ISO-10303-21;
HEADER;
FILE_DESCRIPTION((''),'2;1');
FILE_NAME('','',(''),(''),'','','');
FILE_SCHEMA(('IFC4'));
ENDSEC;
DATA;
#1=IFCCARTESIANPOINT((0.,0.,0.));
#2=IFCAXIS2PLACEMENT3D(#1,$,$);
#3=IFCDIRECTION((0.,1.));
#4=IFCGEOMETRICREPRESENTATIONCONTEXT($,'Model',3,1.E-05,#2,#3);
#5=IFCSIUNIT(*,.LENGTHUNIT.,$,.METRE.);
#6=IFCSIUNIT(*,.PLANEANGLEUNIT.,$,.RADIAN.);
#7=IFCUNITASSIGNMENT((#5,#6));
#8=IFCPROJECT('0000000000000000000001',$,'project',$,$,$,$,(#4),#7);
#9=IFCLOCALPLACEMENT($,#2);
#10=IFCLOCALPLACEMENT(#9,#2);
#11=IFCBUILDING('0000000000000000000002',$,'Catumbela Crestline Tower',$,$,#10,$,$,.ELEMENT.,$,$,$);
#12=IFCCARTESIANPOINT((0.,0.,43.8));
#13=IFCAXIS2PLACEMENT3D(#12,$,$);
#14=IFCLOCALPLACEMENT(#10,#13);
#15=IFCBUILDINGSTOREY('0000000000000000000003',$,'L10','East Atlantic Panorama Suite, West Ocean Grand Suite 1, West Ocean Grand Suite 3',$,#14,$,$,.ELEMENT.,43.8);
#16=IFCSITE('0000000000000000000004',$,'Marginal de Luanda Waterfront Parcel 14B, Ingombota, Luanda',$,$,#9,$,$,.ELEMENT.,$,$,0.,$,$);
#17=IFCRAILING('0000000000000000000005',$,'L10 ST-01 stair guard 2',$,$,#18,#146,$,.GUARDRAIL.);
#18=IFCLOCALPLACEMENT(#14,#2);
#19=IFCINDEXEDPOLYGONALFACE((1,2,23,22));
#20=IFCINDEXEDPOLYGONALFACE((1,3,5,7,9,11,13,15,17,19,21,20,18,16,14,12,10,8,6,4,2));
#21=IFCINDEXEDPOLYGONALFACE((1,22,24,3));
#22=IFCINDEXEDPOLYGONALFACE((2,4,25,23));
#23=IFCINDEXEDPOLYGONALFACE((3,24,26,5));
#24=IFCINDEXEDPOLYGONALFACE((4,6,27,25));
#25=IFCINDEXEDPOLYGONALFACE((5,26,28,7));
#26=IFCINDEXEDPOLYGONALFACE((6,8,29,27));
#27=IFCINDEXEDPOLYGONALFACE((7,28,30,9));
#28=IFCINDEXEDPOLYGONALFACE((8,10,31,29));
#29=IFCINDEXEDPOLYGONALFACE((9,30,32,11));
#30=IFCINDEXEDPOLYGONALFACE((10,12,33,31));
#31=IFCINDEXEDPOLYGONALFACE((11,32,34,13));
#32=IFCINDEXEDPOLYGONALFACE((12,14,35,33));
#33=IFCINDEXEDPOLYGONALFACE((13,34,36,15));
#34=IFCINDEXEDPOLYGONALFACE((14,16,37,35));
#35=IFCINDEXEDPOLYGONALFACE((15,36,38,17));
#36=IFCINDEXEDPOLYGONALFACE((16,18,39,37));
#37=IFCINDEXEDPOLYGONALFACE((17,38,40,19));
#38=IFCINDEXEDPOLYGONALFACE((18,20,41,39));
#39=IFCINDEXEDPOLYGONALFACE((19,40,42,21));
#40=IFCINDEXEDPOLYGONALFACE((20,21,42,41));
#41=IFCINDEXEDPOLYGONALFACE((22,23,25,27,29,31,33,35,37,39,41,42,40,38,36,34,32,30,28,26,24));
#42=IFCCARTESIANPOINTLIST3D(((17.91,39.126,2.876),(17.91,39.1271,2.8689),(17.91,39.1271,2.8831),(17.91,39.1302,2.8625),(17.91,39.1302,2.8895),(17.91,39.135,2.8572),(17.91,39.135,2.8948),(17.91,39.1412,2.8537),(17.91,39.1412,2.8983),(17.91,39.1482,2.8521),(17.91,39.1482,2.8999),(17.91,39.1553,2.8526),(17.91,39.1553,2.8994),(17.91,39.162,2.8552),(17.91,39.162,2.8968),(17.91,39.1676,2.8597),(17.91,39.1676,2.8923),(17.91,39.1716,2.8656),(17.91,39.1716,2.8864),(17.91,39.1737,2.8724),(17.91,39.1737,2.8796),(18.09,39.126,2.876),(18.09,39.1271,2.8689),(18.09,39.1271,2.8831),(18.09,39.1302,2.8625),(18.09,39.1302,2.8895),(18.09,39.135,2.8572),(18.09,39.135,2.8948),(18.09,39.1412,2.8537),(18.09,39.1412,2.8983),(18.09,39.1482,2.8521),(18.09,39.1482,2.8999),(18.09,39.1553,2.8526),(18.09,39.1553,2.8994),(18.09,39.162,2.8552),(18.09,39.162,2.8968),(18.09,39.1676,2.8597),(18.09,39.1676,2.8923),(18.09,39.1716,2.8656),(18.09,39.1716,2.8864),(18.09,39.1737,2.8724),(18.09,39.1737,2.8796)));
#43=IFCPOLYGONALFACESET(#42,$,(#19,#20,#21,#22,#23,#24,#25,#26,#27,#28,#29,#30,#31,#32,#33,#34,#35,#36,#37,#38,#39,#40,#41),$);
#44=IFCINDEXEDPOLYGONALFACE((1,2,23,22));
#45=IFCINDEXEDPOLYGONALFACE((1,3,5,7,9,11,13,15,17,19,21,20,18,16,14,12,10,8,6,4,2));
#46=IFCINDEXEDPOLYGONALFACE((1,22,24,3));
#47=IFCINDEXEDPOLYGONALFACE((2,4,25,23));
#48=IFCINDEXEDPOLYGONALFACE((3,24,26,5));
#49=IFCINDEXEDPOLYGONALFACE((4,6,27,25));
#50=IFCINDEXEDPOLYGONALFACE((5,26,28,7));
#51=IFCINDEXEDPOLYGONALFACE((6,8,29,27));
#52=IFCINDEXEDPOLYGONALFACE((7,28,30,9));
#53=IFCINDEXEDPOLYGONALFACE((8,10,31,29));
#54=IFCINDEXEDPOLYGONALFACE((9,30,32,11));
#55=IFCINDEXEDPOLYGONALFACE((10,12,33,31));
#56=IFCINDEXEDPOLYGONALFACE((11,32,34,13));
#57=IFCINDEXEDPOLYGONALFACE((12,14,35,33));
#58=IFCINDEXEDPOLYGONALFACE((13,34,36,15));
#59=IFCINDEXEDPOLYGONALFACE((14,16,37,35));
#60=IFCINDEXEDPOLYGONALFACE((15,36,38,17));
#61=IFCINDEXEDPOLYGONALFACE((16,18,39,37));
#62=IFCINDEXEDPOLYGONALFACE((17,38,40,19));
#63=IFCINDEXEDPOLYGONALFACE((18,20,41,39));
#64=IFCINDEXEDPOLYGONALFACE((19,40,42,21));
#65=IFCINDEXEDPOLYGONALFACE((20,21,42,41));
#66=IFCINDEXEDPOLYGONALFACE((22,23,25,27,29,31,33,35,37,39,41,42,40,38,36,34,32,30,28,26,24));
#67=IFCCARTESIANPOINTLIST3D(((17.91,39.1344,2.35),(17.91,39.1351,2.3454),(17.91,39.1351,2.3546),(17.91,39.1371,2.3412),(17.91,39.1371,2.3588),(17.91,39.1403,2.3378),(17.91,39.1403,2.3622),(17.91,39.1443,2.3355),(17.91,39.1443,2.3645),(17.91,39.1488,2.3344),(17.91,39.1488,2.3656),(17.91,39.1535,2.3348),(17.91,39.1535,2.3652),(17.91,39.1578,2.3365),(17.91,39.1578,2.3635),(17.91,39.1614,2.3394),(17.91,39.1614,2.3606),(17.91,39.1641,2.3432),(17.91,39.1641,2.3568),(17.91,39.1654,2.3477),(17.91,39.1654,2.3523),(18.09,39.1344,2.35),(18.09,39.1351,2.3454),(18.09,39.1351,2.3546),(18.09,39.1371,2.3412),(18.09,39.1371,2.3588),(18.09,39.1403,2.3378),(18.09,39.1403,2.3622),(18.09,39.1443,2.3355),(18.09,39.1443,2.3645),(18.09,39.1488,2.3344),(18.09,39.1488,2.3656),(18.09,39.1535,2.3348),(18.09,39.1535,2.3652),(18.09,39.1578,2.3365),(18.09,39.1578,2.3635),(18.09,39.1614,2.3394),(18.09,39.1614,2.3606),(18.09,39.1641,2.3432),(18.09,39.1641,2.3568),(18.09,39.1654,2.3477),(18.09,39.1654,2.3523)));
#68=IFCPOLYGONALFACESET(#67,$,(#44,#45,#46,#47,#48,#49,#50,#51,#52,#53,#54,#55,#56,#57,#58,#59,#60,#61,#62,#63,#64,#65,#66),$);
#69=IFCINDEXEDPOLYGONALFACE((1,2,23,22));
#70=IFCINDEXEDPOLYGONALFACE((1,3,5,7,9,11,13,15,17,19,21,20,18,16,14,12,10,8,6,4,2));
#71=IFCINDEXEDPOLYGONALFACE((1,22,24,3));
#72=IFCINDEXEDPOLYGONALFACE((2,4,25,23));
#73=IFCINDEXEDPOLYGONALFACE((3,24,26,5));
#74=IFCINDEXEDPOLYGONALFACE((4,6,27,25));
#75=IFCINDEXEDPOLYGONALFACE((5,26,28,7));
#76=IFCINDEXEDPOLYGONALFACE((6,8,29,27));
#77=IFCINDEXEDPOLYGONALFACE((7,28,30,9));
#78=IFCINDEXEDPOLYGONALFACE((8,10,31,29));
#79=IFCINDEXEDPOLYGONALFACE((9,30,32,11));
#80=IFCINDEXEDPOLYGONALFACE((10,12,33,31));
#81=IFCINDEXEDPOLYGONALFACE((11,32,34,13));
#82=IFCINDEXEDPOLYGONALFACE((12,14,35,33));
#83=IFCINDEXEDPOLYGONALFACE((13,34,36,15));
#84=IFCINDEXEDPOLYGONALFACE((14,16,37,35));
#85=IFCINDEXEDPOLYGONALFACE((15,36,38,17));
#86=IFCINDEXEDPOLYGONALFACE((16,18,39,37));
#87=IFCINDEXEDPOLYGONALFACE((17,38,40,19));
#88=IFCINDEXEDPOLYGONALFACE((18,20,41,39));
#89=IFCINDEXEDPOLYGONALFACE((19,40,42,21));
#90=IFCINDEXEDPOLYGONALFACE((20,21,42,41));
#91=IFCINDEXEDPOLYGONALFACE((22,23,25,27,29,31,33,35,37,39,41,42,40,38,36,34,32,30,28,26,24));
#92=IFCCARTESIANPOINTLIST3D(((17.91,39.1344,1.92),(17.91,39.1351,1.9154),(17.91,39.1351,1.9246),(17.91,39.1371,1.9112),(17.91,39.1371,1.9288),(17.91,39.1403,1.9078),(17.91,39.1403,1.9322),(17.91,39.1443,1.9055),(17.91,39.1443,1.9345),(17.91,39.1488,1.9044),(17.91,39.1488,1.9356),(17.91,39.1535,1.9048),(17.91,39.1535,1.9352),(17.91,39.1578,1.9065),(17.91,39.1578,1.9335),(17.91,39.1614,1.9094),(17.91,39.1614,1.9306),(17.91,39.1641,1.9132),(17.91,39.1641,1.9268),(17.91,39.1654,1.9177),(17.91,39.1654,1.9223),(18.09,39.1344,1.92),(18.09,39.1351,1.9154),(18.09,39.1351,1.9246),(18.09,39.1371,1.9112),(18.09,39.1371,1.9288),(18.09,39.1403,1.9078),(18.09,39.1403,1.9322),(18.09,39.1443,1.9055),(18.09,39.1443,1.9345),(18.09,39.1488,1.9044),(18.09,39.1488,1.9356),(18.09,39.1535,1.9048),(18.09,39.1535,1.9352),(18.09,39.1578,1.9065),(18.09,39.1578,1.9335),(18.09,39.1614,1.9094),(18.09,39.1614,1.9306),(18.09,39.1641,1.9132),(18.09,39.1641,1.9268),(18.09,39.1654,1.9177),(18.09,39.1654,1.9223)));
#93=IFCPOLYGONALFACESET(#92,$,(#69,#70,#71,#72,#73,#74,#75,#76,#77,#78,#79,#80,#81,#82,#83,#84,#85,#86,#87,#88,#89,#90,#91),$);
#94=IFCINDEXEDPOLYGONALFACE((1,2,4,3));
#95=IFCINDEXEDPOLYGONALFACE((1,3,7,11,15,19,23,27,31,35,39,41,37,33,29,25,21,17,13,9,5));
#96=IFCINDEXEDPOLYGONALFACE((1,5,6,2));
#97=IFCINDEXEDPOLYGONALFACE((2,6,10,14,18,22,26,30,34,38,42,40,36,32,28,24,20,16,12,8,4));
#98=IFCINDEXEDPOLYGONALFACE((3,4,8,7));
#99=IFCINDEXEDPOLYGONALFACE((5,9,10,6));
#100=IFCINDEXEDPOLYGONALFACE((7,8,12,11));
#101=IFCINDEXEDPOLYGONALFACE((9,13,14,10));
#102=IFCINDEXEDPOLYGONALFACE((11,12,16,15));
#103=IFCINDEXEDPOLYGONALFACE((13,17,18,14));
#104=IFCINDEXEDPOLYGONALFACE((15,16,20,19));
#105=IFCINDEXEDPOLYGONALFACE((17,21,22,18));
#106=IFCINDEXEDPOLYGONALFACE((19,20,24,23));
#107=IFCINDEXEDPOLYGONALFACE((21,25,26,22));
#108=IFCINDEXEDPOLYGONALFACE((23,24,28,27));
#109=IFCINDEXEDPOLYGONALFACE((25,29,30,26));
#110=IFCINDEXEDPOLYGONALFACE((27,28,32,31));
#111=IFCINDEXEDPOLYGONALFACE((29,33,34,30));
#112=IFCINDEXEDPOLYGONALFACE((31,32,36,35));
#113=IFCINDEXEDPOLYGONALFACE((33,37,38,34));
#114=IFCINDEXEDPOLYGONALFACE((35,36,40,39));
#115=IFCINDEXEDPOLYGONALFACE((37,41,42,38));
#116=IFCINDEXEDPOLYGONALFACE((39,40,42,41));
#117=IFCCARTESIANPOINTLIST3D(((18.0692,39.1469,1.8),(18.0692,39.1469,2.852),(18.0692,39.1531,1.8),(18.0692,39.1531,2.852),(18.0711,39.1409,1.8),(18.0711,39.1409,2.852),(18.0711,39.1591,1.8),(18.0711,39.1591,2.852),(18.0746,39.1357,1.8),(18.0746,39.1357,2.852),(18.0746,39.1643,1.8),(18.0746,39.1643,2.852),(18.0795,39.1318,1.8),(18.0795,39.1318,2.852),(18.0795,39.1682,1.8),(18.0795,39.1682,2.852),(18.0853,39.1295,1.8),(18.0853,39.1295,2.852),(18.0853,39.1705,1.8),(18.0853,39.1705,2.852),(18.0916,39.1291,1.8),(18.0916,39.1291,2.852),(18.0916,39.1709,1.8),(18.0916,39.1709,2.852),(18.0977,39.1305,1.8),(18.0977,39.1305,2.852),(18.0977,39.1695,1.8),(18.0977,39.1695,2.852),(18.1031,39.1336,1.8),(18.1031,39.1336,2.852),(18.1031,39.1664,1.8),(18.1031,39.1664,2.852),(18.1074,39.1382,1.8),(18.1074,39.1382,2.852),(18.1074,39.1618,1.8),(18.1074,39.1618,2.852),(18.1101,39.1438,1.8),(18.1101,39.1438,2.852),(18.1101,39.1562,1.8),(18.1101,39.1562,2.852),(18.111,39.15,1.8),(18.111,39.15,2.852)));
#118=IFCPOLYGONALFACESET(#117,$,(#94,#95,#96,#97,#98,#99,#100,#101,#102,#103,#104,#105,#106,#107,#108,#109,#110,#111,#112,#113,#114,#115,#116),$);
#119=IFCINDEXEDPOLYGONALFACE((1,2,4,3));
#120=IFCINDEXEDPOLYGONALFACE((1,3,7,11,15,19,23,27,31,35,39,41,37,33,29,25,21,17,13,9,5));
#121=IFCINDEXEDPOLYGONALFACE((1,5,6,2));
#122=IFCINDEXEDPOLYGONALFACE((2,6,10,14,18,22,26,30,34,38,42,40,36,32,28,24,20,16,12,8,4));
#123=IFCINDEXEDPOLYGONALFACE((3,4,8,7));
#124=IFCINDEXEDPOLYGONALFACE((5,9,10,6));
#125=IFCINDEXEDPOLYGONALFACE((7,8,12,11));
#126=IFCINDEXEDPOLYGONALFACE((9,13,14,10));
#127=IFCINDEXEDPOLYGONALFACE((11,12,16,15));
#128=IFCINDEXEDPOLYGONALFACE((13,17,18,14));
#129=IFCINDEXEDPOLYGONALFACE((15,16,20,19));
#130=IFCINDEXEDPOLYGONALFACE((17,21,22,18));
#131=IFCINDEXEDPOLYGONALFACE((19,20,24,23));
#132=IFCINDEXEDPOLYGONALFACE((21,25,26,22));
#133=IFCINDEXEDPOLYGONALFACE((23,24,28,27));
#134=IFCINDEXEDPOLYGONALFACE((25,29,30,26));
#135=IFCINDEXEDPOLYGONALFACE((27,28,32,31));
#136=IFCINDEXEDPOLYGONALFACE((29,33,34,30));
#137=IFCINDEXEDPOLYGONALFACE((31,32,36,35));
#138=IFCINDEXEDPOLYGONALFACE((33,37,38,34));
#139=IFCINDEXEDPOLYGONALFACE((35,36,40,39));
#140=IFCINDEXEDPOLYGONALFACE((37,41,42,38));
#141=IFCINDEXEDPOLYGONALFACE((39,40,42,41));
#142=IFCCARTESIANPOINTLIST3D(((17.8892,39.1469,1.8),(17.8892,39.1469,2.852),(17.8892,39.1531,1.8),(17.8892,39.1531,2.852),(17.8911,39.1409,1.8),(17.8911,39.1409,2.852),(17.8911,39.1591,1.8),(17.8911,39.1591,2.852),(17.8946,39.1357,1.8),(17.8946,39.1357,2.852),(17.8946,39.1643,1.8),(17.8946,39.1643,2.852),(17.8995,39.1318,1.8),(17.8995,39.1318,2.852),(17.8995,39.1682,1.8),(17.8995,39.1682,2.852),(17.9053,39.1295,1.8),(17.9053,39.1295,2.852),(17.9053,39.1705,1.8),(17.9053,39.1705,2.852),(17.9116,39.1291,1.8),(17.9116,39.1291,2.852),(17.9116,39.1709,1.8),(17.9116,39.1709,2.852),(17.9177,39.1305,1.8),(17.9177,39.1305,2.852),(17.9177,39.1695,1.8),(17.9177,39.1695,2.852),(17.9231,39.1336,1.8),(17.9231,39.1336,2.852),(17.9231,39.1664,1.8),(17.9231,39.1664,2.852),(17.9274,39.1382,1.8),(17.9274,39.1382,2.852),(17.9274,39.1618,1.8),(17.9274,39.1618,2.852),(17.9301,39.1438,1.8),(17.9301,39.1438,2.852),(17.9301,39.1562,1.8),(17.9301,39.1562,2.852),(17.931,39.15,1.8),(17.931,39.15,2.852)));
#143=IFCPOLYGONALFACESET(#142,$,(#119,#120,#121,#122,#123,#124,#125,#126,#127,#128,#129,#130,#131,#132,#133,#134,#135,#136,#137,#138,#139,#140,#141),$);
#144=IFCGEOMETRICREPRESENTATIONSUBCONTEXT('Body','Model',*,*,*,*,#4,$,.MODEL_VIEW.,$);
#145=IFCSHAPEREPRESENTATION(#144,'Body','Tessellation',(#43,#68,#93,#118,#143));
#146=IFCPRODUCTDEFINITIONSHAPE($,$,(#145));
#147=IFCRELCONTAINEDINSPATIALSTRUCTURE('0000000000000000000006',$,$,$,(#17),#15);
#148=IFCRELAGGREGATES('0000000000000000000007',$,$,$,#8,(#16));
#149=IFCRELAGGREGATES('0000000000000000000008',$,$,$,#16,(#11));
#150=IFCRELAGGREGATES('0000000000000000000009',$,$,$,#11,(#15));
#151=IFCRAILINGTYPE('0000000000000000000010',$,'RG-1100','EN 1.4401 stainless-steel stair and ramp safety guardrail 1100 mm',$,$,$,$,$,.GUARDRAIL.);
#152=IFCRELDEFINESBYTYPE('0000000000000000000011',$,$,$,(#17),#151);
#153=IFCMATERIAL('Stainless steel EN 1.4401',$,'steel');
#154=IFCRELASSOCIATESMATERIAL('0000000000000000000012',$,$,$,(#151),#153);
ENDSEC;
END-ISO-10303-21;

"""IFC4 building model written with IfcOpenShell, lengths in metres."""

from ifc_helpers import new_model, si_unit, direction, frame, origin, origin_2d, place, context, subcontext, project, spatial, circle, extrude, material, type_object, element, save


model = new_model("IFC4")

# Units and contexts
model_context = context("Model", 3, precision=1e-05, world=origin(), true_north=direction((0.0, 1.0)))
body_context = subcontext(model_context, "Body", "Model", "MODEL_VIEW")
ifc_project = project(units=[si_unit("LENGTHUNIT", "METRE"), si_unit("PLANEANGLEUNIT", "RADIAN")], contexts=[model_context])

# Site, building, storey
site_placement = place(None, origin())
site = spatial("IfcSite", under=ifc_project, at=site_placement, Name="Marginal de Luanda Waterfront Parcel 14B, Ingombota, Luanda", CompositionType="ELEMENT", RefElevation=0.0)
building_placement = place(site_placement, origin())
building = spatial("IfcBuilding", under=site, at=building_placement, Name="Catumbela Crestline Tower", CompositionType="ELEMENT")
storey_placement = place(building_placement, frame((0.0, 0.0, 43.8)))
storey = spatial("IfcBuildingStorey", under=building, at=storey_placement, Name="L10", Description="East Atlantic Panorama Suite, West Ocean Grand Suite 1, West Ocean Grand Suite 3", CompositionType="ELEMENT", Elevation=43.8)

# Shared definitions
ifc_material_1 = material(Name="Stainless steel EN 1.4401", Category="steel")

# Railing
railing_type_1 = type_object("IfcRailingType", Name="RG-1100", Description="EN 1.4401 stainless-steel stair and ramp safety guardrail 1100 mm", PredefinedType="GUARDRAIL", material=ifc_material_1)
railing_1_placement = place(storey_placement, frame((18.09, 39.15, 1.8)))
element("IfcRailing", 1, at=railing_1_placement, inside=storey, type_object=railing_type_1, Name="L10 ST-01 stair guard 2", PredefinedType="GUARDRAIL", context=body_context, shape_type="SweptSolid", body=[
    extrude(circle(Radius=0.024, at=origin_2d()), frame((0.0, 0.0, 1.076), z_axis=(-1.0, 0.0, 0.0), x_axis=(0.0, -1.0, 0.0)), (0.0, 0.0, 1.0), 0.18),
    extrude(circle(Radius=0.0156, at=origin_2d()), frame((0.0, 0.0, 0.55), z_axis=(-1.0, 0.0, 0.0), x_axis=(0.0, -1.0, 0.0)), (0.0, 0.0, 1.0), 0.18),
    extrude(circle(Radius=0.0156, at=origin_2d()), frame((0.0, 0.0, 0.12), z_axis=(-1.0, 0.0, 0.0), x_axis=(0.0, -1.0, 0.0)), (0.0, 0.0, 1.0), 0.18),
    extrude(circle(Radius=0.021, at=origin_2d()), origin(), (0.0, 0.0, 1.0), 1.052),
    extrude(circle(Radius=0.021, at=origin_2d()), frame((-0.18, 0.0, 0.0)), (0.0, 0.0, 1.0), 1.052),
])

save(model, "model.ifc")
